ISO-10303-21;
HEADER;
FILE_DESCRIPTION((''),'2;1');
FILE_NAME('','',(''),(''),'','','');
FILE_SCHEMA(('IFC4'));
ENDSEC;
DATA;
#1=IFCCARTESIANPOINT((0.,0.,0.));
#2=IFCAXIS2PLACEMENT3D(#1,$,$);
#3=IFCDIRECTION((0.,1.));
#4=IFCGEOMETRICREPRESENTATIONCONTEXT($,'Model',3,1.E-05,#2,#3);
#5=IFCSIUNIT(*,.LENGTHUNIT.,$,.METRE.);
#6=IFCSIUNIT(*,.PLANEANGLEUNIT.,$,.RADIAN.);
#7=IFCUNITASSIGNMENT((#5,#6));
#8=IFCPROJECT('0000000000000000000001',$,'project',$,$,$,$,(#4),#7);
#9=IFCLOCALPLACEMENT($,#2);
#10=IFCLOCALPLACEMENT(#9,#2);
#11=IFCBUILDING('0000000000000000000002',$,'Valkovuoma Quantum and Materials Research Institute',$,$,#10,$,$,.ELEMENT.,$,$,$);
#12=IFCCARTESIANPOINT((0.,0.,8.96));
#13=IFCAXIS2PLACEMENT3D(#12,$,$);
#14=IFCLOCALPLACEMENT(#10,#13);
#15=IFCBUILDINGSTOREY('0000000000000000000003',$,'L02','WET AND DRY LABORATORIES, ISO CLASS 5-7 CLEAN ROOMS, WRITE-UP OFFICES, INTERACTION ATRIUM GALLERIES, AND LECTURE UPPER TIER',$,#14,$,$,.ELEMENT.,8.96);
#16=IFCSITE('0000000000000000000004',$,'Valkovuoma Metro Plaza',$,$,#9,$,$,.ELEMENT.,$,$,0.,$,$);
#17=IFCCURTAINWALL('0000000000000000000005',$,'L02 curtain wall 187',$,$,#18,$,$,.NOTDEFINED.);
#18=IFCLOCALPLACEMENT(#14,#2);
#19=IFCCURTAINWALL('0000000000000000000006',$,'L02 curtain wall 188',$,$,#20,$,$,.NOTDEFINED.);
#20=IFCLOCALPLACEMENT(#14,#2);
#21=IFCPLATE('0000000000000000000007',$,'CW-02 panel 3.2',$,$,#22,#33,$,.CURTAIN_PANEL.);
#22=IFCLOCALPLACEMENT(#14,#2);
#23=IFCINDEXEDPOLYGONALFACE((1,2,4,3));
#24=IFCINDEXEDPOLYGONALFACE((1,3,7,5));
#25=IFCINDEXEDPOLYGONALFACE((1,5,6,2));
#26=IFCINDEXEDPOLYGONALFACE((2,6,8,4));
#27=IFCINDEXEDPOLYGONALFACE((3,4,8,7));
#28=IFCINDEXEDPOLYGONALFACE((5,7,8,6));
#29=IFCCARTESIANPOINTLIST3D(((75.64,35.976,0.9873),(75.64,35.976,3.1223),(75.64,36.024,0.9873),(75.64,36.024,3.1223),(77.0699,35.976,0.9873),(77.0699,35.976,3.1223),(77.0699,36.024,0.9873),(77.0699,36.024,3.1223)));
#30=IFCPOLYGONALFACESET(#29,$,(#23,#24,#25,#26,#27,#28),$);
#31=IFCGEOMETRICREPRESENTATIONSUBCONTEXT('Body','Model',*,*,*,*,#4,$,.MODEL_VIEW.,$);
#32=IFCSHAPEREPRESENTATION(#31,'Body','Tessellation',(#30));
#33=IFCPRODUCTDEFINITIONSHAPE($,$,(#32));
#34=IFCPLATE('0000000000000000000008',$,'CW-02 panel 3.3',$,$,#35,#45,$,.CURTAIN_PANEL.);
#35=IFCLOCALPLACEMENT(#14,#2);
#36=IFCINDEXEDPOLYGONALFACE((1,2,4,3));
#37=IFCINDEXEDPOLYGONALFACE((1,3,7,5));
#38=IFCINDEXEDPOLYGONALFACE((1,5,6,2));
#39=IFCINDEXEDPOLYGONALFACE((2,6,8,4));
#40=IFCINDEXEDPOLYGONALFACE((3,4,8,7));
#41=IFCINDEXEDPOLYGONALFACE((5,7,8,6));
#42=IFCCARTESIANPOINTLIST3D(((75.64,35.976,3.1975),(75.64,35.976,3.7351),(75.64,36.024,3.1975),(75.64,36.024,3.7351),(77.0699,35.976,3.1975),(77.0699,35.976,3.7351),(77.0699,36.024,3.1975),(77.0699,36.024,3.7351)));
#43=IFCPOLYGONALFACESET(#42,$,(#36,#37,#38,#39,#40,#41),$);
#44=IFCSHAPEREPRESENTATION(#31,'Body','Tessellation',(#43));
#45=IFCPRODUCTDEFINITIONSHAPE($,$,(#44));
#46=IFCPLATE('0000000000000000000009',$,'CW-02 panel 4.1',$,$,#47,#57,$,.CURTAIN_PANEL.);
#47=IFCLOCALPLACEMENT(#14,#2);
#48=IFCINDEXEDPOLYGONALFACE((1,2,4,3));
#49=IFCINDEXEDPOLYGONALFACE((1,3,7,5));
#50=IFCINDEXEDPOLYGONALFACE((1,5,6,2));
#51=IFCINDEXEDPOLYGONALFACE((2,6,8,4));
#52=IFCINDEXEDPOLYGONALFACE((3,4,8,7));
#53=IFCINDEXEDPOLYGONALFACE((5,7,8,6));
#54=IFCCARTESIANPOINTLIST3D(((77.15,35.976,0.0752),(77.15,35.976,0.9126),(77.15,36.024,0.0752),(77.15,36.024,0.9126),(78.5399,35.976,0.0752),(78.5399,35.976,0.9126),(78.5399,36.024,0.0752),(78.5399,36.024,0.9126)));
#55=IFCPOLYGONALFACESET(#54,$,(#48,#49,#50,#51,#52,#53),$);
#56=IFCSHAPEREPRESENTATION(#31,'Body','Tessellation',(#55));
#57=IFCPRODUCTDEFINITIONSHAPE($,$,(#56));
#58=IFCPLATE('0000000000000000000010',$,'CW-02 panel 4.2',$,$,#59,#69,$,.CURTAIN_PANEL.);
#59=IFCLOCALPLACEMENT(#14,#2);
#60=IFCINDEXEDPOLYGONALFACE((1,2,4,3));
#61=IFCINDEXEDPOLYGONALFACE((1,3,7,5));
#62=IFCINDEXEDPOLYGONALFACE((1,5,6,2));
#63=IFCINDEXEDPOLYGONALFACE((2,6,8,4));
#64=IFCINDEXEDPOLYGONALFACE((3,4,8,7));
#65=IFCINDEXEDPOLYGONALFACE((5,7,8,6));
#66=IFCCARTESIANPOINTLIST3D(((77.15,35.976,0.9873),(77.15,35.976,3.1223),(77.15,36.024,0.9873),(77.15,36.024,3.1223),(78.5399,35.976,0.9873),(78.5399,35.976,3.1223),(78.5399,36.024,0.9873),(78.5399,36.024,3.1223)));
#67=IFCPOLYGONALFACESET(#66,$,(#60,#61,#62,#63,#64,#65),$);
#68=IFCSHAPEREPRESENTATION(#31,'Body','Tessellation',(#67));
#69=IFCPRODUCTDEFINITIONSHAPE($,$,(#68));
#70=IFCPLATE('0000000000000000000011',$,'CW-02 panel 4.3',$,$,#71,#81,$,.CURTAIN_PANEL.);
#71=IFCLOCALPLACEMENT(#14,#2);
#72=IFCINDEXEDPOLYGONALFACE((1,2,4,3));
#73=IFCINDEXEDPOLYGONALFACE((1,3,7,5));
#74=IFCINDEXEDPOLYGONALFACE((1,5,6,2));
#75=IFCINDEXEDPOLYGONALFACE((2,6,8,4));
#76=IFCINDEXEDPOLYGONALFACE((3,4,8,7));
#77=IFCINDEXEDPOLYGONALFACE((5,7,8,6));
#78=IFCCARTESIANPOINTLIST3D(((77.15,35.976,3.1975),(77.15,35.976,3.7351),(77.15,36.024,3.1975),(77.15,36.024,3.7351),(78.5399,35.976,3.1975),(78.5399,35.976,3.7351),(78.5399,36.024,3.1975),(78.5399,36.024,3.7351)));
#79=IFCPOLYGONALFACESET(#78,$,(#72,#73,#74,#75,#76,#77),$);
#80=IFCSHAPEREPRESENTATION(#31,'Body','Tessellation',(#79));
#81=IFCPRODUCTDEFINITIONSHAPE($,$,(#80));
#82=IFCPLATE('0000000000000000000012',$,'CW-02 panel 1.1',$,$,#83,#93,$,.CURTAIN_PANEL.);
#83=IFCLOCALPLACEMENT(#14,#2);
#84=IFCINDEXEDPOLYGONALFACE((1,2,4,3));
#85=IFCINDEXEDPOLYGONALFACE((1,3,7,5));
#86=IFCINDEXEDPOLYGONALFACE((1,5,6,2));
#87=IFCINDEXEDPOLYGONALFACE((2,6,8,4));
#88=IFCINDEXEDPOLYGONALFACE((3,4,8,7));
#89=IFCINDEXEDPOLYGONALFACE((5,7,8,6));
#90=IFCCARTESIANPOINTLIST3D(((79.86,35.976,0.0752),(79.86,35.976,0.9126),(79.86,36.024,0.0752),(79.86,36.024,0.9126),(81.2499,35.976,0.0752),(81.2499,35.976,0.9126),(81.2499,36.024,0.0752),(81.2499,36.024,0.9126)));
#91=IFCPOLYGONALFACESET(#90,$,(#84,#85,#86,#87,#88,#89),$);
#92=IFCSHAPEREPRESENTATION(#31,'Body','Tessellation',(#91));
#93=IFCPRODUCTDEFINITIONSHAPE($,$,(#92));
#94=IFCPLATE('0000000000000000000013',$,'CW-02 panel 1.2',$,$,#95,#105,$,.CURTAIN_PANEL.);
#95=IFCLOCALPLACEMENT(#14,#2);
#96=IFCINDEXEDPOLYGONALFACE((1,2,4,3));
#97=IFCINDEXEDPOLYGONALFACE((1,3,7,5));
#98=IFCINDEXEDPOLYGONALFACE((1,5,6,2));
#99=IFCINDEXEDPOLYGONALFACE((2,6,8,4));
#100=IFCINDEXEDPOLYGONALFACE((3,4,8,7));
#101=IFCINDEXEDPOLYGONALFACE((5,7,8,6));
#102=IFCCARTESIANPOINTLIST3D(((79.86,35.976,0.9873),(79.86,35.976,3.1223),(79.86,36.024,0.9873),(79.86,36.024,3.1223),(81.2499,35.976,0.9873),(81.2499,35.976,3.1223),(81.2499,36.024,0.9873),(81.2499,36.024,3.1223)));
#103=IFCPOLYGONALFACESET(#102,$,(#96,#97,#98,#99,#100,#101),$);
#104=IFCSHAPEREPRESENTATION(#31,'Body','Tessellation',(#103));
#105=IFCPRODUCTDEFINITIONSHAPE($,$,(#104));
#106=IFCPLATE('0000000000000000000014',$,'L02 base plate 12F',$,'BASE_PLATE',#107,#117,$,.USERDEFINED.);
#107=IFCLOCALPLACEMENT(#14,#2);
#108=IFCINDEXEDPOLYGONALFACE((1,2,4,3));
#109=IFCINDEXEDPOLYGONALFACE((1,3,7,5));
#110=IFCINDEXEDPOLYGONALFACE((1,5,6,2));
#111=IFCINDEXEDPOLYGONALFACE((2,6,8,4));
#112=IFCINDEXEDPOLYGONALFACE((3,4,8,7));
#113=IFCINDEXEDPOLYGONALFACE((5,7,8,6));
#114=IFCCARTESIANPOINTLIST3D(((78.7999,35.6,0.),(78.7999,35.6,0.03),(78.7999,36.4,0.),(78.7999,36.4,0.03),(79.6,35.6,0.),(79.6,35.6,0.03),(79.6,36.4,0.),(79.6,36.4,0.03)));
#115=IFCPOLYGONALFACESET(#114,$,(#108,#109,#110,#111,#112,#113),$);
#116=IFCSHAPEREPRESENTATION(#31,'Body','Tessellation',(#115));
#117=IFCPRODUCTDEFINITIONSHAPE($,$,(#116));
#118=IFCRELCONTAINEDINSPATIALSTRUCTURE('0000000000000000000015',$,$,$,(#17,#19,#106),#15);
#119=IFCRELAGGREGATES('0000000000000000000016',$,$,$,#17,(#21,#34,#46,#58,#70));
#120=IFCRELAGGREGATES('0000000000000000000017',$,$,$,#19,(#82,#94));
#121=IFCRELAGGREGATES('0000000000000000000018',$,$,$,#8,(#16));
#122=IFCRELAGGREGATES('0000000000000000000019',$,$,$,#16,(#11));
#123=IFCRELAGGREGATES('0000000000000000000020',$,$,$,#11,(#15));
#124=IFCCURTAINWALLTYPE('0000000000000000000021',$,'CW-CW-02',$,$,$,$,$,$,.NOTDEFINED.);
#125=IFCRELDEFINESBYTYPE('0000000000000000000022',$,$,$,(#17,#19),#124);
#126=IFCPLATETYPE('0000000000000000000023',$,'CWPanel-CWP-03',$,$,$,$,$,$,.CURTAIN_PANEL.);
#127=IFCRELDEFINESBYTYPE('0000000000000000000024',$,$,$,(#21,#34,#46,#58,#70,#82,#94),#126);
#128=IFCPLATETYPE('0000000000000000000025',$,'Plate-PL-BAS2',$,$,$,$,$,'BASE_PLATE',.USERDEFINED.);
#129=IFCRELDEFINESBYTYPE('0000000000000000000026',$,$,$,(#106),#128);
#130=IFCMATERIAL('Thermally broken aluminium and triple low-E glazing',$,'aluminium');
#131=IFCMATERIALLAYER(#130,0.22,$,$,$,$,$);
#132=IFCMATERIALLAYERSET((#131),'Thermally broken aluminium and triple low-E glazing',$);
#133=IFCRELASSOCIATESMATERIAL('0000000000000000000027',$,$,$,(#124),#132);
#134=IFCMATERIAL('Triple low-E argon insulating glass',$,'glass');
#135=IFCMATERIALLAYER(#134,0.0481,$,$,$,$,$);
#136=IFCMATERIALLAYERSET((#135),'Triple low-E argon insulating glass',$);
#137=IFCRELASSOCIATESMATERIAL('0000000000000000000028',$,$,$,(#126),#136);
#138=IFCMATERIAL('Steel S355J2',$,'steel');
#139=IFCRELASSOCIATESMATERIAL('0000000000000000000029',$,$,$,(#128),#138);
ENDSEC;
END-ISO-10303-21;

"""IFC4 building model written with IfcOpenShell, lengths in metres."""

from ifc_helpers import new_model, si_unit, direction, frame, origin, origin_2d, place, context, subcontext, project, spatial, rectangle, extrude, material, layer, layer_set, type_object, element, aggregate, save


model = new_model("IFC4")

# Units and contexts
model_context = context("Model", 3, precision=1e-05, world=origin(), true_north=direction((0.0, 1.0)))
body_context = subcontext(model_context, "Body", "Model", "MODEL_VIEW")
ifc_project = project(units=[si_unit("LENGTHUNIT", "METRE"), si_unit("PLANEANGLEUNIT", "RADIAN")], contexts=[model_context])

# Site, building, storey
site_placement = place(None, origin())
site = spatial("IfcSite", under=ifc_project, at=site_placement, Name="Valkovuoma Metro Plaza", CompositionType="ELEMENT", RefElevation=0.0)
building_placement = place(site_placement, origin())
building = spatial("IfcBuilding", under=site, at=building_placement, Name="Valkovuoma Quantum and Materials Research Institute", CompositionType="ELEMENT")
storey_placement = place(building_placement, frame((0.0, 0.0, 8.96)))
storey = spatial("IfcBuildingStorey", under=building, at=storey_placement, Name="L02", Description="WET AND DRY LABORATORIES, ISO CLASS 5-7 CLEAN ROOMS, WRITE-UP OFFICES, INTERACTION ATRIUM GALLERIES, AND LECTURE UPPER TIER", CompositionType="ELEMENT", Elevation=8.96)

# Curtain wall
ifc_material_1 = material(Name="Thermally broken aluminium and triple low-E glazing", Category="aluminium")
ifc_layer_1 = layer(ifc_material_1, 0.22)
ifc_layer_set_1 = layer_set([ifc_layer_1], Name="Thermally broken aluminium and triple low-E glazing")
curtain_wall_type = type_object("IfcCurtainWallType", Name="CW-CW-02", PredefinedType="NOTDEFINED", material=ifc_layer_set_1)
curtain_wall_1_placement = place(storey_placement, origin())
curtain_wall_1 = element("IfcCurtainWall", 1, at=curtain_wall_1_placement, inside=storey, type_object=curtain_wall_type, Name="L02 curtain wall 187", PredefinedType="NOTDEFINED")

# Curtain wall
curtain_wall_2_placement = place(storey_placement, origin())
curtain_wall_2 = element("IfcCurtainWall", 2, at=curtain_wall_2_placement, inside=storey, type_object=curtain_wall_type, Name="L02 curtain wall 188", PredefinedType="NOTDEFINED")

# Plates
ifc_material_2 = material(Name="Triple low-E argon insulating glass", Category="glass")
ifc_layer_2 = layer(ifc_material_2, 0.0481)
ifc_layer_set_2 = layer_set([ifc_layer_2], Name="Triple low-E argon insulating glass")
plate_type_1 = type_object("IfcPlateType", Name="CWPanel-CWP-03", PredefinedType="CURTAIN_PANEL", material=ifc_layer_set_2)
plate_1_placement = place(storey_placement, frame((76.355, 36.0, 0.9873), z_axis=(0.0, 0.0, 1.0), x_axis=(1.0, 0.0, 0.0)))
plate_1 = element("IfcPlate", 3, at=plate_1_placement, type_object=plate_type_1, Name="CW-02 panel 3.2", PredefinedType="CURTAIN_PANEL", context=body_context, shape_type="SweptSolid", body=[
    extrude(rectangle(XDim=1.4299, YDim=0.0481, at=origin_2d()), origin(), (0.0, 0.0, 1.0), 2.135),
])
plate_2_placement = place(storey_placement, frame((76.355, 36.0, 3.1975), z_axis=(0.0, 0.0, 1.0), x_axis=(1.0, 0.0, 0.0)))
plate_2 = element("IfcPlate", 4, at=plate_2_placement, type_object=plate_type_1, Name="CW-02 panel 3.3", PredefinedType="CURTAIN_PANEL", context=body_context, shape_type="SweptSolid", body=[
    extrude(rectangle(XDim=1.4299, YDim=0.0481, at=origin_2d()), origin(), (0.0, 0.0, 1.0), 0.5376),
])
plate_3_placement = place(storey_placement, frame((77.845, 36.0, 0.0752), z_axis=(0.0, 0.0, 1.0), x_axis=(1.0, 0.0, 0.0)))
plate_3 = element("IfcPlate", 5, at=plate_3_placement, type_object=plate_type_1, Name="CW-02 panel 4.1", PredefinedType="CURTAIN_PANEL", context=body_context, shape_type="SweptSolid", body=[
    extrude(rectangle(XDim=1.3899, YDim=0.0481, at=origin_2d()), origin(), (0.0, 0.0, 1.0), 0.8374),
])
plate_4_placement = place(storey_placement, frame((77.845, 36.0, 0.9873), z_axis=(0.0, 0.0, 1.0), x_axis=(1.0, 0.0, 0.0)))
plate_4 = element("IfcPlate", 6, at=plate_4_placement, type_object=plate_type_1, Name="CW-02 panel 4.2", PredefinedType="CURTAIN_PANEL", context=body_context, shape_type="SweptSolid", body=[
    extrude(rectangle(XDim=1.3899, YDim=0.0481, at=origin_2d()), origin(), (0.0, 0.0, 1.0), 2.135),
])
plate_5_placement = place(storey_placement, frame((77.845, 36.0, 3.1975), z_axis=(0.0, 0.0, 1.0), x_axis=(1.0, 0.0, 0.0)))
plate_5 = element("IfcPlate", 7, at=plate_5_placement, type_object=plate_type_1, Name="CW-02 panel 4.3", PredefinedType="CURTAIN_PANEL", context=body_context, shape_type="SweptSolid", body=[
    extrude(rectangle(XDim=1.3899, YDim=0.0481, at=origin_2d()), origin(), (0.0, 0.0, 1.0), 0.5376),
])
aggregate(curtain_wall_1, [plate_1, plate_2, plate_3, plate_4, plate_5])
plate_6_placement = place(storey_placement, frame((80.5549, 36.0, 0.0752), z_axis=(0.0, 0.0, 1.0), x_axis=(1.0, 0.0, 0.0)))
plate_6 = element("IfcPlate", 8, at=plate_6_placement, type_object=plate_type_1, Name="CW-02 panel 1.1", PredefinedType="CURTAIN_PANEL", context=body_context, shape_type="SweptSolid", body=[
    extrude(rectangle(XDim=1.3899, YDim=0.0481, at=origin_2d()), origin(), (0.0, 0.0, 1.0), 0.8374),
])
plate_7_placement = place(storey_placement, frame((80.5549, 36.0, 0.9873), z_axis=(0.0, 0.0, 1.0), x_axis=(1.0, 0.0, 0.0)))
plate_7 = element("IfcPlate", 9, at=plate_7_placement, type_object=plate_type_1, Name="CW-02 panel 1.2", PredefinedType="CURTAIN_PANEL", context=body_context, shape_type="SweptSolid", body=[
    extrude(rectangle(XDim=1.3899, YDim=0.0481, at=origin_2d()), origin(), (0.0, 0.0, 1.0), 2.135),
])
aggregate(curtain_wall_2, [plate_6, plate_7])
ifc_material_3 = material(Name="Steel S355J2", Category="steel")
plate_type_2 = type_object("IfcPlateType", Name="Plate-PL-BAS2", ElementType="BASE_PLATE", PredefinedType="USERDEFINED", material=ifc_material_3)
plate_8_placement = place(storey_placement, frame((79.2, 36.0, 0.0), z_axis=(0.0, 0.0, 1.0), x_axis=(1.0, 0.0, 0.0)))
element("IfcPlate", 10, at=plate_8_placement, inside=storey, type_object=plate_type_2, Name="L02 base plate 12F", ObjectType="BASE_PLATE", PredefinedType="USERDEFINED", context=body_context, shape_type="SweptSolid", body=[
    extrude(rectangle(XDim=0.8, YDim=0.8, at=origin_2d()), origin(), (0.0, 0.0, 1.0), 0.03),
])

save(model, "model.ifc")
